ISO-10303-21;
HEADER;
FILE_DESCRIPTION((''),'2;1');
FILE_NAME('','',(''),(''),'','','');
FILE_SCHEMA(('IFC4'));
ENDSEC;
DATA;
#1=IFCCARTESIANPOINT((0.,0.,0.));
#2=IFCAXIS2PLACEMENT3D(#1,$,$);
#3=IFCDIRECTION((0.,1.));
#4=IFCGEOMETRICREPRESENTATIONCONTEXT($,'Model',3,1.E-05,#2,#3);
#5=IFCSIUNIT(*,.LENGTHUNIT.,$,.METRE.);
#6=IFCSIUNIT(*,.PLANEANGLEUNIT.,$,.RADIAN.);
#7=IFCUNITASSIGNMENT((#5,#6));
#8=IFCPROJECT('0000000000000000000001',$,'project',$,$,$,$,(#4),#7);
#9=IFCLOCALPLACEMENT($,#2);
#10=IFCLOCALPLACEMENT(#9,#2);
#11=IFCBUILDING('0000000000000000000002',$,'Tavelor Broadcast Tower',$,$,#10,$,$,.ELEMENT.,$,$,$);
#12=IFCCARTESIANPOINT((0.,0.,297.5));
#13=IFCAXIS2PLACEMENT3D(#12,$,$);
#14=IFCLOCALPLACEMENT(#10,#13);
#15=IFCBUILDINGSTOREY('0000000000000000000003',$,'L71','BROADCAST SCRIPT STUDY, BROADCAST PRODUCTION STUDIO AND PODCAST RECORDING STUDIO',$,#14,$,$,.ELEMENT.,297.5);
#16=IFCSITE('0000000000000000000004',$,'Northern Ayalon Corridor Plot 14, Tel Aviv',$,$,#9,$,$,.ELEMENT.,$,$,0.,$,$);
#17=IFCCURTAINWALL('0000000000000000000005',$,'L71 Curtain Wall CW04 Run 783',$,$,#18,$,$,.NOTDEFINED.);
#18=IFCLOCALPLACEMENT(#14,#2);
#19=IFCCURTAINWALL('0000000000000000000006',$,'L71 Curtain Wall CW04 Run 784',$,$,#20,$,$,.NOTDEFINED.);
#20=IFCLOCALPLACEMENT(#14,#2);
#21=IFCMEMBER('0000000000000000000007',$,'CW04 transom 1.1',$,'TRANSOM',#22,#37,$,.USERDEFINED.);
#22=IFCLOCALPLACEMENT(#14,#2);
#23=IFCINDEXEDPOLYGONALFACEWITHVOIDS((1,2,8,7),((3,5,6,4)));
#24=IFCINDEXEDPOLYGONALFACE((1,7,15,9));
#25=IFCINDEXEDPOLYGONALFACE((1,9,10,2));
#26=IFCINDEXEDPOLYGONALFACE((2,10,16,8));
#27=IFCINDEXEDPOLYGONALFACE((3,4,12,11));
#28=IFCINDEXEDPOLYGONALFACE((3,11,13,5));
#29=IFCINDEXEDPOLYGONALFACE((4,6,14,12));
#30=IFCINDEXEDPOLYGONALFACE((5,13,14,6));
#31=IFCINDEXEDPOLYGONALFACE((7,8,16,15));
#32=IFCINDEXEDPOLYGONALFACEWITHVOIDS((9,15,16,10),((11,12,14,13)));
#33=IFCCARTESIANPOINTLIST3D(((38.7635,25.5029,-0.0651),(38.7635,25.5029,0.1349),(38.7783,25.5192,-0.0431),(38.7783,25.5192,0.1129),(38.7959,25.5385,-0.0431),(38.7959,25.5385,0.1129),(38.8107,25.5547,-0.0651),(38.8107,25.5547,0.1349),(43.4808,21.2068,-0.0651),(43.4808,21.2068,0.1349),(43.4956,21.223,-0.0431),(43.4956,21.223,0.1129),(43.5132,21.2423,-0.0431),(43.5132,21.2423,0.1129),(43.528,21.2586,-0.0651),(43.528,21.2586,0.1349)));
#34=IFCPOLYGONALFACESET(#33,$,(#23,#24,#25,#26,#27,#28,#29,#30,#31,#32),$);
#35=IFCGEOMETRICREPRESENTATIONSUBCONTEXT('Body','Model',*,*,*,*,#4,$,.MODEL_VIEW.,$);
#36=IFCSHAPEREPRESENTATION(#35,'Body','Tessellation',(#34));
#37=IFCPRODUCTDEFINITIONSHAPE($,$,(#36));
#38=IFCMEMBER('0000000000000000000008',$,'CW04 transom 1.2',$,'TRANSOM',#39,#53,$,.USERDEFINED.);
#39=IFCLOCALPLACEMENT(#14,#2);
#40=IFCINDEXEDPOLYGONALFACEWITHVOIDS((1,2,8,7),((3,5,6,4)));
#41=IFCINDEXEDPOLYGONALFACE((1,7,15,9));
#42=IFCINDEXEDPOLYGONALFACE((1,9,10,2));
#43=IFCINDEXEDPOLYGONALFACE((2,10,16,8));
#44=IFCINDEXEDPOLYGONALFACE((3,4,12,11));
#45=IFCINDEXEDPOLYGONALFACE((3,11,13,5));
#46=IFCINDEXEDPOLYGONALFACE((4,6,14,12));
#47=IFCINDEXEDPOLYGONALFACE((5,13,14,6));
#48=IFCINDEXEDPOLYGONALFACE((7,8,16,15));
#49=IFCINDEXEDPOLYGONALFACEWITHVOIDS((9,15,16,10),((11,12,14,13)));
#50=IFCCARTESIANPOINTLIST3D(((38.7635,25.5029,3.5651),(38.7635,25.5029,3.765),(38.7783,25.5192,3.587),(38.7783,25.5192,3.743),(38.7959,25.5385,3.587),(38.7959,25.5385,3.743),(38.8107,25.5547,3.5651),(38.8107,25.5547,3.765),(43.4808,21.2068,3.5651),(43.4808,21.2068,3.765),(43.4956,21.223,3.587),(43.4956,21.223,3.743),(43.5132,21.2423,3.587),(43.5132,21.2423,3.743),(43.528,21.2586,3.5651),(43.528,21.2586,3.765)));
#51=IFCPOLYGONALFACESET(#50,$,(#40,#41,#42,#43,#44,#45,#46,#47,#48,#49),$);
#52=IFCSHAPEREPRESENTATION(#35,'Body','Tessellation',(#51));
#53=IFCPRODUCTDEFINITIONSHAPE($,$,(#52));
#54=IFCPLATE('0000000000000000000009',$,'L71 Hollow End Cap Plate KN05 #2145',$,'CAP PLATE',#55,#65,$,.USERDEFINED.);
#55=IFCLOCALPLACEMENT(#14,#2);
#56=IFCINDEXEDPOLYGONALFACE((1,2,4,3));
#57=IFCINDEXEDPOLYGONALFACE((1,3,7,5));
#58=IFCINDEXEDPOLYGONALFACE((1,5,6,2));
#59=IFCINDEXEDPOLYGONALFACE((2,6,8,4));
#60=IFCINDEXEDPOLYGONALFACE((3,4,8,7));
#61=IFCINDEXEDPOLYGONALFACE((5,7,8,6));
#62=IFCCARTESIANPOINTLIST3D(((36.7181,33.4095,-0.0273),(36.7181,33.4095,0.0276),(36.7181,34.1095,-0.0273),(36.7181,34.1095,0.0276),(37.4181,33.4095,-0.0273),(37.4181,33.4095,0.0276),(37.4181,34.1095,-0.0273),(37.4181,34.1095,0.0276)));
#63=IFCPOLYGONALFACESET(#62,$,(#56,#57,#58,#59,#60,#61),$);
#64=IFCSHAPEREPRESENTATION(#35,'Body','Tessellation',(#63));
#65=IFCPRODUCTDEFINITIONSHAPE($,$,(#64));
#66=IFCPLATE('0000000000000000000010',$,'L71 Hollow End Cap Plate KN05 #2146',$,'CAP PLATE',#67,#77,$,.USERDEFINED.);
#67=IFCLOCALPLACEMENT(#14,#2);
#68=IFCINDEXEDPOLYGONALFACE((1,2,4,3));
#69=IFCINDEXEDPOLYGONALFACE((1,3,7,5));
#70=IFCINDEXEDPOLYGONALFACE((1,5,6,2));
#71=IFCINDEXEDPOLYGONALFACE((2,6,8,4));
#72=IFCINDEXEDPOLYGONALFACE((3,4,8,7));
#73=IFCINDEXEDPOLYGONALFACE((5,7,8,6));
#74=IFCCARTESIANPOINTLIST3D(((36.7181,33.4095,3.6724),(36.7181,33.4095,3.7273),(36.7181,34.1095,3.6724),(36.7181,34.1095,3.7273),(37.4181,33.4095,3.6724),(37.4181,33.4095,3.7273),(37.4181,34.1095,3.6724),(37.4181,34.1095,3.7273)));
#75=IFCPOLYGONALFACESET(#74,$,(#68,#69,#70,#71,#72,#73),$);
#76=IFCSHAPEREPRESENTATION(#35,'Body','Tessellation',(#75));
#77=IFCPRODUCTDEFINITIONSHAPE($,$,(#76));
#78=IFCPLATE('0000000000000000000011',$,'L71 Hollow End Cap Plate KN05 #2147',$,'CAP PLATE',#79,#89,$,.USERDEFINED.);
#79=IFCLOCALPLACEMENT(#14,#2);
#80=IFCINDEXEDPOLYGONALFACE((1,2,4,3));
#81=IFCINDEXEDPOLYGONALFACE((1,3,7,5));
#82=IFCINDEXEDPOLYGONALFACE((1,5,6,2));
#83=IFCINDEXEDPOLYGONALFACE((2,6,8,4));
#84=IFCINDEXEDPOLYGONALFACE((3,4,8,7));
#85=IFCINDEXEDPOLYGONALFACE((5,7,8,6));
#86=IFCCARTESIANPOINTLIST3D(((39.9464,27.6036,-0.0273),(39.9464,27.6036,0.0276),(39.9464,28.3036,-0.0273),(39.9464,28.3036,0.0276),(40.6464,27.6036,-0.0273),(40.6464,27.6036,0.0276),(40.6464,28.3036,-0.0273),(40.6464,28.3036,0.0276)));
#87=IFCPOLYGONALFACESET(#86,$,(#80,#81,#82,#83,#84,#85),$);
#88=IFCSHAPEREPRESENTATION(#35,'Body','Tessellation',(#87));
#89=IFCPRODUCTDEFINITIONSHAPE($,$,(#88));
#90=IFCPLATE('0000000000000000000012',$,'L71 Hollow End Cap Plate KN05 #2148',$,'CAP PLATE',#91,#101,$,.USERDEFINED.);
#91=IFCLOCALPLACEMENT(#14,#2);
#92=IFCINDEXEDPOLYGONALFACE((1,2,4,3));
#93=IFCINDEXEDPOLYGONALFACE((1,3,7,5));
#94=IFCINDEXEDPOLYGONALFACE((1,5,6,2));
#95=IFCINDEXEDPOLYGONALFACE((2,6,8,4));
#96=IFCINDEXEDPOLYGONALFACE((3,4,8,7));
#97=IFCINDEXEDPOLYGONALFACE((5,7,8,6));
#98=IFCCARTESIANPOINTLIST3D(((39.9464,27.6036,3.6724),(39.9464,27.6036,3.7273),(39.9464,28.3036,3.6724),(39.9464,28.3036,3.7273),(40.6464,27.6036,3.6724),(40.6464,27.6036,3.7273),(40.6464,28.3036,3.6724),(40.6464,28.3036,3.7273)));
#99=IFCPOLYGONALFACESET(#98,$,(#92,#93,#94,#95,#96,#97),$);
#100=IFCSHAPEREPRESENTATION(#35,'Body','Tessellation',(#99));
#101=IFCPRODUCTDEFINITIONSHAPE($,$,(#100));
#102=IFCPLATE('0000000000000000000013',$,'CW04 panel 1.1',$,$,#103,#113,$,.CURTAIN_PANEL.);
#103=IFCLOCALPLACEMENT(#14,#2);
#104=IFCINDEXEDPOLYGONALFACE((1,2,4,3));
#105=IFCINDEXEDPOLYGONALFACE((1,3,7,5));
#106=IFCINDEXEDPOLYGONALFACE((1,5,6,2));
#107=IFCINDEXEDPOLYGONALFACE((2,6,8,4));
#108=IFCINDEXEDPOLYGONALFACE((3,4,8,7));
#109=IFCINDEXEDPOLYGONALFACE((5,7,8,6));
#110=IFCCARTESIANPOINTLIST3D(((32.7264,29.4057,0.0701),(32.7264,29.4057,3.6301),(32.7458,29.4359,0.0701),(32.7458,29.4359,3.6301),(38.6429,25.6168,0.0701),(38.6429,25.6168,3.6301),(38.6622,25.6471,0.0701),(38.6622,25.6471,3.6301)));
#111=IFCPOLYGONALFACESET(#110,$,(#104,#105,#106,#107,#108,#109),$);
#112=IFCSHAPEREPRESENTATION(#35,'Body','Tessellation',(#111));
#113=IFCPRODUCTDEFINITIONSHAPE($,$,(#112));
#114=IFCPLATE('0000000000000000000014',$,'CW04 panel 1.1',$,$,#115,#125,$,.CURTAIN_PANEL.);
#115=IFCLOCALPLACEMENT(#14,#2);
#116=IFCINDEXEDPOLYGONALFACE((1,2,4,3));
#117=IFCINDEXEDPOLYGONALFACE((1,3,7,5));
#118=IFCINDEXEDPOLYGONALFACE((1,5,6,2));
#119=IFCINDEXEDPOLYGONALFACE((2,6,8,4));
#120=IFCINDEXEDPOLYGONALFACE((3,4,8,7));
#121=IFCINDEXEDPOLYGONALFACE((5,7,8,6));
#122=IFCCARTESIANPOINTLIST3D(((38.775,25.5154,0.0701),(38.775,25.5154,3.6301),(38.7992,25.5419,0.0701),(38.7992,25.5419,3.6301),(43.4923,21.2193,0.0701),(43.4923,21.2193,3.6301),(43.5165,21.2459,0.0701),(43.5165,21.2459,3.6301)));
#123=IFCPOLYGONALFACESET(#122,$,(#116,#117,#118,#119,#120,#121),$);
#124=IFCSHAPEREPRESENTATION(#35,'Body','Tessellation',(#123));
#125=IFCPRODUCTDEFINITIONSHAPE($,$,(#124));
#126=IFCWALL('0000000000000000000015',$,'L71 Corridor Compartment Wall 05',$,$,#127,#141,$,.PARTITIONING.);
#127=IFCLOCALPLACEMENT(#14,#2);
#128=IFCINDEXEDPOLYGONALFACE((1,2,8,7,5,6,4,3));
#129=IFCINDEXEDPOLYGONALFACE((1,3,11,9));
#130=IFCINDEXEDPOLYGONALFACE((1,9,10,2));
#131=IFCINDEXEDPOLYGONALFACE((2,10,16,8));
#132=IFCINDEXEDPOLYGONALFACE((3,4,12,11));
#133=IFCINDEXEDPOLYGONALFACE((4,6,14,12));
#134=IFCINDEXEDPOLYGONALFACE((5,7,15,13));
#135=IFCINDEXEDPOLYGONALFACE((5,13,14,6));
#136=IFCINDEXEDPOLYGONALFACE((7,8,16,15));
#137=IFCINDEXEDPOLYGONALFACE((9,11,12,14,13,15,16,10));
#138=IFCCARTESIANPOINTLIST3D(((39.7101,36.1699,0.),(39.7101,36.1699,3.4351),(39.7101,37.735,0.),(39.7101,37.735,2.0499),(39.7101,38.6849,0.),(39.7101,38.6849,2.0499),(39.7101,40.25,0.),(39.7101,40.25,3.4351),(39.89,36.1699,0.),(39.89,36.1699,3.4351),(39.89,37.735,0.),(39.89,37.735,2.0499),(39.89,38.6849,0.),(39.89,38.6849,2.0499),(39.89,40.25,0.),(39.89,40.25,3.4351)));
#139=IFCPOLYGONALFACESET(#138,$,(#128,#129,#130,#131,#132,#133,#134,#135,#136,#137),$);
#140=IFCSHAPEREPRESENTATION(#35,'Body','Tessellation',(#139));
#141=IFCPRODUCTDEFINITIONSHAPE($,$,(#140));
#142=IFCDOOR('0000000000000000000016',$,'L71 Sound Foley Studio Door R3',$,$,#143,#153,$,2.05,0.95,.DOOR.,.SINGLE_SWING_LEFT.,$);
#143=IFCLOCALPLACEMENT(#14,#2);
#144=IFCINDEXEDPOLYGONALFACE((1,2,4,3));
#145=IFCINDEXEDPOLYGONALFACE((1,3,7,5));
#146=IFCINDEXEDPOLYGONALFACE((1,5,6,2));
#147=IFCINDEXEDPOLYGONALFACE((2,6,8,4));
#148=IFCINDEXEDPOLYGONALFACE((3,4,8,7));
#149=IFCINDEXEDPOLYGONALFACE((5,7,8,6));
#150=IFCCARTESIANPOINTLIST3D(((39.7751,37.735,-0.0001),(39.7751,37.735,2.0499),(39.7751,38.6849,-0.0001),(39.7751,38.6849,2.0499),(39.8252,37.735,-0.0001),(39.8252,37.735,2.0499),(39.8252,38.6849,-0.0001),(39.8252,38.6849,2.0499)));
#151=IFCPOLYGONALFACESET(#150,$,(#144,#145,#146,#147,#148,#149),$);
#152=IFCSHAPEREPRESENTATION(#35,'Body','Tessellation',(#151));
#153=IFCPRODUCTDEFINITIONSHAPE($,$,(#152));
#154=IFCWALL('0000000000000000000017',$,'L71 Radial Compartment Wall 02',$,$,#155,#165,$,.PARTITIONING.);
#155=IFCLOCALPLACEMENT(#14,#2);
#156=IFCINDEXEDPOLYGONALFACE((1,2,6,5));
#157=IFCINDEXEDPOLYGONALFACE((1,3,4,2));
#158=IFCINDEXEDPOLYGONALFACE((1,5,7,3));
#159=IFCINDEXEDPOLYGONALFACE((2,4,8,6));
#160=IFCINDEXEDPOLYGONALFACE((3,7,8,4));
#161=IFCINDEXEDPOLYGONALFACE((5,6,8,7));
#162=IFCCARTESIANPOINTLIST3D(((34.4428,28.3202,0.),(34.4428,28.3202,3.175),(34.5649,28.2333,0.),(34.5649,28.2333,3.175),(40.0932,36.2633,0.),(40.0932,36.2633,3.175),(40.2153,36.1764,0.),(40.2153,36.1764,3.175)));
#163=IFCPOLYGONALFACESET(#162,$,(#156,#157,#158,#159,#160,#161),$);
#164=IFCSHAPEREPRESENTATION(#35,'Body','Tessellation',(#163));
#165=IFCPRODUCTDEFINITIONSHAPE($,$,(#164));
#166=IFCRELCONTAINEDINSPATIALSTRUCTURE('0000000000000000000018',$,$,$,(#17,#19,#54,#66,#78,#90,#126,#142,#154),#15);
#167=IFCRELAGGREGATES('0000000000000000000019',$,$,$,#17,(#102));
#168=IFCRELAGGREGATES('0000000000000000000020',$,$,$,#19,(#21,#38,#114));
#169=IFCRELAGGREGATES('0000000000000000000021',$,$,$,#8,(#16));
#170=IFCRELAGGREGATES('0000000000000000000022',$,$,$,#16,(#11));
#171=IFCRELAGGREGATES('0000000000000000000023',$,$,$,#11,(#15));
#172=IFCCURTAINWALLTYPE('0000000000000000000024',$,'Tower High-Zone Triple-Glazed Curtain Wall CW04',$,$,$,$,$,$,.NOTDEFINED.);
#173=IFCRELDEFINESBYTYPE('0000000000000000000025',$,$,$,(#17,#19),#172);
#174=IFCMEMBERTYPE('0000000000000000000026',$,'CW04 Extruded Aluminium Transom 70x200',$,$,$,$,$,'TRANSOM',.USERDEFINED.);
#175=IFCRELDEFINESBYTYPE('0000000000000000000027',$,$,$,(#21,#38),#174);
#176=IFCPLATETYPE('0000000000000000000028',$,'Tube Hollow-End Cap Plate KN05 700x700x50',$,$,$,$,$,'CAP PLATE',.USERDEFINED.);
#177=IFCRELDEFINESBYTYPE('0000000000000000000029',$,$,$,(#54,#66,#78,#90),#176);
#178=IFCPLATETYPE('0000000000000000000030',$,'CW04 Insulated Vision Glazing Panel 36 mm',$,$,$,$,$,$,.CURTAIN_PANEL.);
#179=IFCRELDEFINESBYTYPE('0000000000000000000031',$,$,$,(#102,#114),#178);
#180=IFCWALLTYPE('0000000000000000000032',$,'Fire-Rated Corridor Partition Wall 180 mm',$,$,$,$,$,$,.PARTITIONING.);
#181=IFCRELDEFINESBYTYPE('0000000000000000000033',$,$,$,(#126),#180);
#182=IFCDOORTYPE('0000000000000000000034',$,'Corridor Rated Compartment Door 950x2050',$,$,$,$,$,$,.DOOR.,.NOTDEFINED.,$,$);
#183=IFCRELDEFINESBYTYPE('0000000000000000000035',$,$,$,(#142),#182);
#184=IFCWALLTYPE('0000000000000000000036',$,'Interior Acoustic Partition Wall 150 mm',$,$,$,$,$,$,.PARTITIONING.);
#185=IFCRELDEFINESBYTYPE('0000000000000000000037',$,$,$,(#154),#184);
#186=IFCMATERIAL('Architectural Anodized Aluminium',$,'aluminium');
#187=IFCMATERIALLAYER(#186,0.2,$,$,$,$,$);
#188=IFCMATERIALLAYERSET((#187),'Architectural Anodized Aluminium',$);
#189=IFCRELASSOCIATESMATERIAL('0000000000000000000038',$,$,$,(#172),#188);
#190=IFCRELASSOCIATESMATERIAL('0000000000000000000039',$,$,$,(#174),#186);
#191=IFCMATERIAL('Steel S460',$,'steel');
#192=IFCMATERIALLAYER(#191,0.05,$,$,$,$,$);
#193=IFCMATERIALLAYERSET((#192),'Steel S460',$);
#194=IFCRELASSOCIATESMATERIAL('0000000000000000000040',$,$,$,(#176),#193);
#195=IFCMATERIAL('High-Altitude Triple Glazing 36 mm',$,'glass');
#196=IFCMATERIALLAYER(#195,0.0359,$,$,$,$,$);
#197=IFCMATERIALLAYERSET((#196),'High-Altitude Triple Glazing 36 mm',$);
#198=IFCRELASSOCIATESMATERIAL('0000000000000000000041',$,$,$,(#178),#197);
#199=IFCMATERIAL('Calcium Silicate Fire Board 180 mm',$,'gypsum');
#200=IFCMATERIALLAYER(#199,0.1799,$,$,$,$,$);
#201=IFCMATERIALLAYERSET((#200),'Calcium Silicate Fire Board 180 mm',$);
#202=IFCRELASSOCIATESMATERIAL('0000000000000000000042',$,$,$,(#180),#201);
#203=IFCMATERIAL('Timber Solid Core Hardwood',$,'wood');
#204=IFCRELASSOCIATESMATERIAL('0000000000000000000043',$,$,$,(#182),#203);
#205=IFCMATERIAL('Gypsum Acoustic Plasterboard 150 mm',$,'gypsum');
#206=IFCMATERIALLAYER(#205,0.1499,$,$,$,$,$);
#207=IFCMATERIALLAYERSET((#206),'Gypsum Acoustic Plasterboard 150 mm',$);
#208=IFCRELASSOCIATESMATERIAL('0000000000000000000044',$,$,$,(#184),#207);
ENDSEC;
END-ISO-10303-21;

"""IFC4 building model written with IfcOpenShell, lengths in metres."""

from ifc_helpers import new_model, si_unit, direction, frame, frame_2d, origin, origin_2d, place, context, subcontext, project, spatial, rectangle, hollow_rectangle, extrude, source, transform, mapped, material, layer, layer_set, material_profile, profile_set, type_object, type_shapes, element, fill, aggregate, save


model = new_model("IFC4")

# Units and contexts
model_context = context("Model", 3, precision=1e-05, world=origin(), true_north=direction((0.0, 1.0)))
body_context = subcontext(model_context, "Body", "Model", "MODEL_VIEW")
ifc_project = project(units=[si_unit("LENGTHUNIT", "METRE"), si_unit("PLANEANGLEUNIT", "RADIAN")], contexts=[model_context])

# Site, building, storey
site_placement = place(None, origin())
site = spatial("IfcSite", under=ifc_project, at=site_placement, Name="Northern Ayalon Corridor Plot 14, Tel Aviv", CompositionType="ELEMENT", RefElevation=0.0)
building_placement = place(site_placement, origin())
building = spatial("IfcBuilding", under=site, at=building_placement, Name="Tavelor Broadcast Tower", CompositionType="ELEMENT")
storey_placement = place(building_placement, frame((0.0, 0.0, 297.5)))
storey = spatial("IfcBuildingStorey", under=building, at=storey_placement, Name="L71", Description="BROADCAST SCRIPT STUDY, BROADCAST PRODUCTION STUDIO AND PODCAST RECORDING STUDIO", CompositionType="ELEMENT", Elevation=297.5)

# Shared definitions
ifc_material_1 = material(Name="Steel S460", Category="steel")

# Curtain wall
ifc_material_2 = material(Name="Architectural Anodized Aluminium", Category="aluminium")
ifc_layer_1 = layer(ifc_material_2, 0.2)
ifc_layer_set_1 = layer_set([ifc_layer_1], Name="Architectural Anodized Aluminium")
curtain_wall_type = type_object("IfcCurtainWallType", Name="Tower High-Zone Triple-Glazed Curtain Wall CW04", PredefinedType="NOTDEFINED", material=ifc_layer_set_1)
curtain_wall_1_placement = place(storey_placement, origin())
curtain_wall_1 = element("IfcCurtainWall", 1, at=curtain_wall_1_placement, inside=storey, type_object=curtain_wall_type, Name="L71 Curtain Wall CW04 Run 783", PredefinedType="NOTDEFINED")

# Curtain wall, members
curtain_wall_2_placement = place(storey_placement, origin())
curtain_wall_2 = element("IfcCurtainWall", 2, at=curtain_wall_2_placement, inside=storey, type_object=curtain_wall_type, Name="L71 Curtain Wall CW04 Run 784", PredefinedType="NOTDEFINED")
ifc_material_profile_1 = material_profile(ifc_material_2, hollow_rectangle(XDim=0.0701, YDim=0.2, WallThickness=0.022, at=origin_2d()), Name="RHS 70x200x22")
ifc_profile_set_1 = profile_set([ifc_material_profile_1], Name="Architectural Anodized Aluminium")
member_type_1 = type_object("IfcMemberType", Name="CW04 Extruded Aluminium Transom 70x200", ElementType="TRANSOM", PredefinedType="USERDEFINED", material=ifc_profile_set_1)
shared_shape_1 = source(origin(), body_context, "Body", "SweptSolid", [
    extrude(hollow_rectangle(XDim=0.0701, YDim=0.2, WallThickness=0.022, at=origin_2d()), origin(), (0.0, 0.0, 1.0), 6.3804),
])
type_shapes(member_type_1, [shared_shape_1])
member_1_placement = place(storey_placement, frame((38.7871, 25.5288, 0.0349), z_axis=(0.739339, -0.673333, 0.0), x_axis=(0.673333, 0.739339, 0.0)))
member_1 = element("IfcMember", 3, at=member_1_placement, type_object=member_type_1, Name="CW04 transom 1.1", ObjectType="TRANSOM", PredefinedType="USERDEFINED", context=body_context, shape_type="MappedRepresentation", body=[
    mapped(shared_shape_1, transform((0.0, 0.0, 0.0), scale=1.0)),
])
member_2_placement = place(storey_placement, frame((38.7871, 25.5288, 3.665), z_axis=(0.739339, -0.673333, 0.0), x_axis=(0.673333, 0.739339, 0.0)))
member_2 = element("IfcMember", 4, at=member_2_placement, type_object=member_type_1, Name="CW04 transom 1.2", ObjectType="TRANSOM", PredefinedType="USERDEFINED", context=body_context, shape_type="MappedRepresentation", body=[
    mapped(shared_shape_1, transform((0.0, 0.0, 0.0), scale=1.0)),
])

# Plates
ifc_layer_2 = layer(ifc_material_1, 0.05)
ifc_layer_set_2 = layer_set([ifc_layer_2], Name="Steel S460")
plate_type_1 = type_object("IfcPlateType", Name="Tube Hollow-End Cap Plate KN05 700x700x50", ElementType="CAP PLATE", PredefinedType="USERDEFINED", material=ifc_layer_set_2)
shared_shape_2 = source(origin(), body_context, "Body", "SweptSolid", [
    extrude(rectangle(XDim=0.7, YDim=0.7, at=origin_2d()), origin(), (0.0, 0.0, 1.0), 0.0549),
])
type_shapes(plate_type_1, [shared_shape_2])
for number, where, z_axis, x_axis, name in (
    (5, (37.0681, 33.7595, -0.0273), (0.0, 0.0, 1.0), (1.0, 0.0, 0.0), "L71 Hollow End Cap Plate KN05 #2145"),
    (6, (37.0681, 33.7595, 3.6724), (0.0, 0.0, 1.0), (1.0, 0.0, 0.0), "L71 Hollow End Cap Plate KN05 #2146"),
    (7, (40.2964, 27.9536, -0.0273), (0.0, 0.0, 1.0), (1.0, 0.0, 0.0), "L71 Hollow End Cap Plate KN05 #2147"),
    (8, (40.2964, 27.9536, 3.6724), (0.0, 0.0, 1.0), (1.0, 0.0, 0.0), "L71 Hollow End Cap Plate KN05 #2148"),
):
    element("IfcPlate", number, at=place(storey_placement, frame(where, z_axis=z_axis, x_axis=x_axis)), inside=storey, type_object=plate_type_1, Name=name, ObjectType="CAP PLATE", PredefinedType="USERDEFINED", context=body_context, shape_type="MappedRepresentation", body=[
        mapped(shared_shape_2, transform((0.0, 0.0, 0.0), scale=1.0)),
    ])

# Plates
ifc_material_3 = material(Name="High-Altitude Triple Glazing 36 mm", Category="glass")
ifc_layer_3 = layer(ifc_material_3, 0.0359)
ifc_layer_set_3 = layer_set([ifc_layer_3], Name="High-Altitude Triple Glazing 36 mm")
plate_type_2 = type_object("IfcPlateType", Name="CW04 Insulated Vision Glazing Panel 36 mm", PredefinedType="CURTAIN_PANEL", material=ifc_layer_set_3)
shared_shape_3 = source(origin(), body_context, "Body", "SweptSolid", [
    extrude(rectangle(XDim=7.0256, YDim=0.0359, at=origin_2d()), origin(), (0.0, 0.0, 1.0), 3.5601),
])
plate_1_placement = place(storey_placement, frame((35.6943, 27.5264, 0.0701), z_axis=(0.0, 0.0, 1.0), x_axis=(0.84212, -0.53929, 0.0)))
plate_1 = element("IfcPlate", 9, at=plate_1_placement, type_object=plate_type_2, Name="CW04 panel 1.1", PredefinedType="CURTAIN_PANEL", context=body_context, shape_type="MappedRepresentation", body=[
    mapped(shared_shape_3, transform((0.0, 0.0, 0.0), scale=1.0)),
])
aggregate(curtain_wall_1, [plate_1])
shared_shape_4 = source(origin(), body_context, "Body", "SweptSolid", [
    extrude(rectangle(XDim=6.3804, YDim=0.0359, at=origin_2d()), origin(), (0.0, 0.0, 1.0), 3.5601),
])
type_shapes(plate_type_2, [shared_shape_3, shared_shape_4])
plate_2_placement = place(storey_placement, frame((41.1458, 23.3806, 0.0701), z_axis=(0.0, 0.0, 1.0), x_axis=(0.739347, -0.673324, 0.0)))
plate_2 = element("IfcPlate", 10, at=plate_2_placement, type_object=plate_type_2, Name="CW04 panel 1.1", PredefinedType="CURTAIN_PANEL", context=body_context, shape_type="MappedRepresentation", body=[
    mapped(shared_shape_4, transform((0.0, 0.0, 0.0), scale=1.0)),
])
aggregate(curtain_wall_2, [member_1, member_2, plate_2])

# Wall, opening, door
ifc_material_4 = material(Name="Calcium Silicate Fire Board 180 mm", Category="gypsum")
ifc_layer_4 = layer(ifc_material_4, 0.1799)
ifc_layer_set_4 = layer_set([ifc_layer_4], Name="Calcium Silicate Fire Board 180 mm")
wall_type_1 = type_object("IfcWallType", Name="Fire-Rated Corridor Partition Wall 180 mm", PredefinedType="PARTITIONING", material=ifc_layer_set_4)
wall_1_placement = place(storey_placement, frame((39.8, 36.1699, 0.0), z_axis=(0.0, 0.0, 1.0), x_axis=(0.0, 1.0, 0.0)))
wall_1 = element("IfcWall", 11, at=wall_1_placement, inside=storey, type_object=wall_type_1, Name="L71 Corridor Compartment Wall 05", PredefinedType="PARTITIONING", context=body_context, shape_type="SweptSolid", body=[
    extrude(rectangle(XDim=4.0801, YDim=0.1799, at=frame_2d((2.04, 0.0))), origin(), (0.0, 0.0, 1.0), 3.4351),
])
opening_1_placement = place(wall_1_placement, frame((1.5649, 0.0, 0.0)))
opening_1 = element("IfcOpeningElement", 12, at=opening_1_placement, cuts=wall_1, PredefinedType="OPENING", context=body_context, shape_type="SweptSolid", body=[
    extrude(rectangle(XDim=0.95, YDim=2.05, at=frame_2d((0.4751, 1.0249))), frame((0.0, 0.1001, 0.0), z_axis=(0.0, -1.0, 0.0), x_axis=(1.0, 0.0, 0.0)), (0.0, 0.0, 1.0), 0.2),
])
ifc_material_5 = material(Name="Timber Solid Core Hardwood", Category="wood")
door_type_1 = type_object("IfcDoorType", Name="Corridor Rated Compartment Door 950x2050", OperationType="NOTDEFINED", PredefinedType="DOOR", material=ifc_material_5)
door_1_placement = place(opening_1_placement, origin())
door_1 = element("IfcDoor", 13, at=door_1_placement, inside=storey, type_object=door_type_1, Name="L71 Sound Foley Studio Door R3", OperationType="SINGLE_SWING_LEFT", OverallHeight=2.05, OverallWidth=0.95, PredefinedType="DOOR", context=body_context, shape_type="SweptSolid", body=[
    extrude(rectangle(XDim=0.95, YDim=2.05, at=frame_2d((0.4751, 1.0249))), frame((0.0, 0.0249, 0.0), z_axis=(0.0, -1.0, 0.0), x_axis=(1.0, 0.0, 0.0)), (0.0, 0.0, 1.0), 0.05),
])
fill(opening_1, door_1)

# Wall
ifc_material_6 = material(Name="Gypsum Acoustic Plasterboard 150 mm", Category="gypsum")
ifc_layer_5 = layer(ifc_material_6, 0.1499)
ifc_layer_set_5 = layer_set([ifc_layer_5], Name="Gypsum Acoustic Plasterboard 150 mm")
wall_type_2 = type_object("IfcWallType", Name="Interior Acoustic Partition Wall 150 mm", PredefinedType="PARTITIONING", material=ifc_layer_set_5)
wall_2_placement = place(storey_placement, frame((40.1543, 36.22, 0.0), z_axis=(0.0, 0.0, 1.0), x_axis=(-0.579657, -0.814861, 0.0)))
element("IfcWall", 14, at=wall_2_placement, inside=storey, type_object=wall_type_2, Name="L71 Radial Compartment Wall 02", PredefinedType="PARTITIONING", context=body_context, shape_type="SweptSolid", body=[
    extrude(rectangle(XDim=9.7478, YDim=0.1499, at=frame_2d((4.874, 0.0))), origin(), (0.0, 0.0, 1.0), 3.175),
])

save(model, "model.ifc")
